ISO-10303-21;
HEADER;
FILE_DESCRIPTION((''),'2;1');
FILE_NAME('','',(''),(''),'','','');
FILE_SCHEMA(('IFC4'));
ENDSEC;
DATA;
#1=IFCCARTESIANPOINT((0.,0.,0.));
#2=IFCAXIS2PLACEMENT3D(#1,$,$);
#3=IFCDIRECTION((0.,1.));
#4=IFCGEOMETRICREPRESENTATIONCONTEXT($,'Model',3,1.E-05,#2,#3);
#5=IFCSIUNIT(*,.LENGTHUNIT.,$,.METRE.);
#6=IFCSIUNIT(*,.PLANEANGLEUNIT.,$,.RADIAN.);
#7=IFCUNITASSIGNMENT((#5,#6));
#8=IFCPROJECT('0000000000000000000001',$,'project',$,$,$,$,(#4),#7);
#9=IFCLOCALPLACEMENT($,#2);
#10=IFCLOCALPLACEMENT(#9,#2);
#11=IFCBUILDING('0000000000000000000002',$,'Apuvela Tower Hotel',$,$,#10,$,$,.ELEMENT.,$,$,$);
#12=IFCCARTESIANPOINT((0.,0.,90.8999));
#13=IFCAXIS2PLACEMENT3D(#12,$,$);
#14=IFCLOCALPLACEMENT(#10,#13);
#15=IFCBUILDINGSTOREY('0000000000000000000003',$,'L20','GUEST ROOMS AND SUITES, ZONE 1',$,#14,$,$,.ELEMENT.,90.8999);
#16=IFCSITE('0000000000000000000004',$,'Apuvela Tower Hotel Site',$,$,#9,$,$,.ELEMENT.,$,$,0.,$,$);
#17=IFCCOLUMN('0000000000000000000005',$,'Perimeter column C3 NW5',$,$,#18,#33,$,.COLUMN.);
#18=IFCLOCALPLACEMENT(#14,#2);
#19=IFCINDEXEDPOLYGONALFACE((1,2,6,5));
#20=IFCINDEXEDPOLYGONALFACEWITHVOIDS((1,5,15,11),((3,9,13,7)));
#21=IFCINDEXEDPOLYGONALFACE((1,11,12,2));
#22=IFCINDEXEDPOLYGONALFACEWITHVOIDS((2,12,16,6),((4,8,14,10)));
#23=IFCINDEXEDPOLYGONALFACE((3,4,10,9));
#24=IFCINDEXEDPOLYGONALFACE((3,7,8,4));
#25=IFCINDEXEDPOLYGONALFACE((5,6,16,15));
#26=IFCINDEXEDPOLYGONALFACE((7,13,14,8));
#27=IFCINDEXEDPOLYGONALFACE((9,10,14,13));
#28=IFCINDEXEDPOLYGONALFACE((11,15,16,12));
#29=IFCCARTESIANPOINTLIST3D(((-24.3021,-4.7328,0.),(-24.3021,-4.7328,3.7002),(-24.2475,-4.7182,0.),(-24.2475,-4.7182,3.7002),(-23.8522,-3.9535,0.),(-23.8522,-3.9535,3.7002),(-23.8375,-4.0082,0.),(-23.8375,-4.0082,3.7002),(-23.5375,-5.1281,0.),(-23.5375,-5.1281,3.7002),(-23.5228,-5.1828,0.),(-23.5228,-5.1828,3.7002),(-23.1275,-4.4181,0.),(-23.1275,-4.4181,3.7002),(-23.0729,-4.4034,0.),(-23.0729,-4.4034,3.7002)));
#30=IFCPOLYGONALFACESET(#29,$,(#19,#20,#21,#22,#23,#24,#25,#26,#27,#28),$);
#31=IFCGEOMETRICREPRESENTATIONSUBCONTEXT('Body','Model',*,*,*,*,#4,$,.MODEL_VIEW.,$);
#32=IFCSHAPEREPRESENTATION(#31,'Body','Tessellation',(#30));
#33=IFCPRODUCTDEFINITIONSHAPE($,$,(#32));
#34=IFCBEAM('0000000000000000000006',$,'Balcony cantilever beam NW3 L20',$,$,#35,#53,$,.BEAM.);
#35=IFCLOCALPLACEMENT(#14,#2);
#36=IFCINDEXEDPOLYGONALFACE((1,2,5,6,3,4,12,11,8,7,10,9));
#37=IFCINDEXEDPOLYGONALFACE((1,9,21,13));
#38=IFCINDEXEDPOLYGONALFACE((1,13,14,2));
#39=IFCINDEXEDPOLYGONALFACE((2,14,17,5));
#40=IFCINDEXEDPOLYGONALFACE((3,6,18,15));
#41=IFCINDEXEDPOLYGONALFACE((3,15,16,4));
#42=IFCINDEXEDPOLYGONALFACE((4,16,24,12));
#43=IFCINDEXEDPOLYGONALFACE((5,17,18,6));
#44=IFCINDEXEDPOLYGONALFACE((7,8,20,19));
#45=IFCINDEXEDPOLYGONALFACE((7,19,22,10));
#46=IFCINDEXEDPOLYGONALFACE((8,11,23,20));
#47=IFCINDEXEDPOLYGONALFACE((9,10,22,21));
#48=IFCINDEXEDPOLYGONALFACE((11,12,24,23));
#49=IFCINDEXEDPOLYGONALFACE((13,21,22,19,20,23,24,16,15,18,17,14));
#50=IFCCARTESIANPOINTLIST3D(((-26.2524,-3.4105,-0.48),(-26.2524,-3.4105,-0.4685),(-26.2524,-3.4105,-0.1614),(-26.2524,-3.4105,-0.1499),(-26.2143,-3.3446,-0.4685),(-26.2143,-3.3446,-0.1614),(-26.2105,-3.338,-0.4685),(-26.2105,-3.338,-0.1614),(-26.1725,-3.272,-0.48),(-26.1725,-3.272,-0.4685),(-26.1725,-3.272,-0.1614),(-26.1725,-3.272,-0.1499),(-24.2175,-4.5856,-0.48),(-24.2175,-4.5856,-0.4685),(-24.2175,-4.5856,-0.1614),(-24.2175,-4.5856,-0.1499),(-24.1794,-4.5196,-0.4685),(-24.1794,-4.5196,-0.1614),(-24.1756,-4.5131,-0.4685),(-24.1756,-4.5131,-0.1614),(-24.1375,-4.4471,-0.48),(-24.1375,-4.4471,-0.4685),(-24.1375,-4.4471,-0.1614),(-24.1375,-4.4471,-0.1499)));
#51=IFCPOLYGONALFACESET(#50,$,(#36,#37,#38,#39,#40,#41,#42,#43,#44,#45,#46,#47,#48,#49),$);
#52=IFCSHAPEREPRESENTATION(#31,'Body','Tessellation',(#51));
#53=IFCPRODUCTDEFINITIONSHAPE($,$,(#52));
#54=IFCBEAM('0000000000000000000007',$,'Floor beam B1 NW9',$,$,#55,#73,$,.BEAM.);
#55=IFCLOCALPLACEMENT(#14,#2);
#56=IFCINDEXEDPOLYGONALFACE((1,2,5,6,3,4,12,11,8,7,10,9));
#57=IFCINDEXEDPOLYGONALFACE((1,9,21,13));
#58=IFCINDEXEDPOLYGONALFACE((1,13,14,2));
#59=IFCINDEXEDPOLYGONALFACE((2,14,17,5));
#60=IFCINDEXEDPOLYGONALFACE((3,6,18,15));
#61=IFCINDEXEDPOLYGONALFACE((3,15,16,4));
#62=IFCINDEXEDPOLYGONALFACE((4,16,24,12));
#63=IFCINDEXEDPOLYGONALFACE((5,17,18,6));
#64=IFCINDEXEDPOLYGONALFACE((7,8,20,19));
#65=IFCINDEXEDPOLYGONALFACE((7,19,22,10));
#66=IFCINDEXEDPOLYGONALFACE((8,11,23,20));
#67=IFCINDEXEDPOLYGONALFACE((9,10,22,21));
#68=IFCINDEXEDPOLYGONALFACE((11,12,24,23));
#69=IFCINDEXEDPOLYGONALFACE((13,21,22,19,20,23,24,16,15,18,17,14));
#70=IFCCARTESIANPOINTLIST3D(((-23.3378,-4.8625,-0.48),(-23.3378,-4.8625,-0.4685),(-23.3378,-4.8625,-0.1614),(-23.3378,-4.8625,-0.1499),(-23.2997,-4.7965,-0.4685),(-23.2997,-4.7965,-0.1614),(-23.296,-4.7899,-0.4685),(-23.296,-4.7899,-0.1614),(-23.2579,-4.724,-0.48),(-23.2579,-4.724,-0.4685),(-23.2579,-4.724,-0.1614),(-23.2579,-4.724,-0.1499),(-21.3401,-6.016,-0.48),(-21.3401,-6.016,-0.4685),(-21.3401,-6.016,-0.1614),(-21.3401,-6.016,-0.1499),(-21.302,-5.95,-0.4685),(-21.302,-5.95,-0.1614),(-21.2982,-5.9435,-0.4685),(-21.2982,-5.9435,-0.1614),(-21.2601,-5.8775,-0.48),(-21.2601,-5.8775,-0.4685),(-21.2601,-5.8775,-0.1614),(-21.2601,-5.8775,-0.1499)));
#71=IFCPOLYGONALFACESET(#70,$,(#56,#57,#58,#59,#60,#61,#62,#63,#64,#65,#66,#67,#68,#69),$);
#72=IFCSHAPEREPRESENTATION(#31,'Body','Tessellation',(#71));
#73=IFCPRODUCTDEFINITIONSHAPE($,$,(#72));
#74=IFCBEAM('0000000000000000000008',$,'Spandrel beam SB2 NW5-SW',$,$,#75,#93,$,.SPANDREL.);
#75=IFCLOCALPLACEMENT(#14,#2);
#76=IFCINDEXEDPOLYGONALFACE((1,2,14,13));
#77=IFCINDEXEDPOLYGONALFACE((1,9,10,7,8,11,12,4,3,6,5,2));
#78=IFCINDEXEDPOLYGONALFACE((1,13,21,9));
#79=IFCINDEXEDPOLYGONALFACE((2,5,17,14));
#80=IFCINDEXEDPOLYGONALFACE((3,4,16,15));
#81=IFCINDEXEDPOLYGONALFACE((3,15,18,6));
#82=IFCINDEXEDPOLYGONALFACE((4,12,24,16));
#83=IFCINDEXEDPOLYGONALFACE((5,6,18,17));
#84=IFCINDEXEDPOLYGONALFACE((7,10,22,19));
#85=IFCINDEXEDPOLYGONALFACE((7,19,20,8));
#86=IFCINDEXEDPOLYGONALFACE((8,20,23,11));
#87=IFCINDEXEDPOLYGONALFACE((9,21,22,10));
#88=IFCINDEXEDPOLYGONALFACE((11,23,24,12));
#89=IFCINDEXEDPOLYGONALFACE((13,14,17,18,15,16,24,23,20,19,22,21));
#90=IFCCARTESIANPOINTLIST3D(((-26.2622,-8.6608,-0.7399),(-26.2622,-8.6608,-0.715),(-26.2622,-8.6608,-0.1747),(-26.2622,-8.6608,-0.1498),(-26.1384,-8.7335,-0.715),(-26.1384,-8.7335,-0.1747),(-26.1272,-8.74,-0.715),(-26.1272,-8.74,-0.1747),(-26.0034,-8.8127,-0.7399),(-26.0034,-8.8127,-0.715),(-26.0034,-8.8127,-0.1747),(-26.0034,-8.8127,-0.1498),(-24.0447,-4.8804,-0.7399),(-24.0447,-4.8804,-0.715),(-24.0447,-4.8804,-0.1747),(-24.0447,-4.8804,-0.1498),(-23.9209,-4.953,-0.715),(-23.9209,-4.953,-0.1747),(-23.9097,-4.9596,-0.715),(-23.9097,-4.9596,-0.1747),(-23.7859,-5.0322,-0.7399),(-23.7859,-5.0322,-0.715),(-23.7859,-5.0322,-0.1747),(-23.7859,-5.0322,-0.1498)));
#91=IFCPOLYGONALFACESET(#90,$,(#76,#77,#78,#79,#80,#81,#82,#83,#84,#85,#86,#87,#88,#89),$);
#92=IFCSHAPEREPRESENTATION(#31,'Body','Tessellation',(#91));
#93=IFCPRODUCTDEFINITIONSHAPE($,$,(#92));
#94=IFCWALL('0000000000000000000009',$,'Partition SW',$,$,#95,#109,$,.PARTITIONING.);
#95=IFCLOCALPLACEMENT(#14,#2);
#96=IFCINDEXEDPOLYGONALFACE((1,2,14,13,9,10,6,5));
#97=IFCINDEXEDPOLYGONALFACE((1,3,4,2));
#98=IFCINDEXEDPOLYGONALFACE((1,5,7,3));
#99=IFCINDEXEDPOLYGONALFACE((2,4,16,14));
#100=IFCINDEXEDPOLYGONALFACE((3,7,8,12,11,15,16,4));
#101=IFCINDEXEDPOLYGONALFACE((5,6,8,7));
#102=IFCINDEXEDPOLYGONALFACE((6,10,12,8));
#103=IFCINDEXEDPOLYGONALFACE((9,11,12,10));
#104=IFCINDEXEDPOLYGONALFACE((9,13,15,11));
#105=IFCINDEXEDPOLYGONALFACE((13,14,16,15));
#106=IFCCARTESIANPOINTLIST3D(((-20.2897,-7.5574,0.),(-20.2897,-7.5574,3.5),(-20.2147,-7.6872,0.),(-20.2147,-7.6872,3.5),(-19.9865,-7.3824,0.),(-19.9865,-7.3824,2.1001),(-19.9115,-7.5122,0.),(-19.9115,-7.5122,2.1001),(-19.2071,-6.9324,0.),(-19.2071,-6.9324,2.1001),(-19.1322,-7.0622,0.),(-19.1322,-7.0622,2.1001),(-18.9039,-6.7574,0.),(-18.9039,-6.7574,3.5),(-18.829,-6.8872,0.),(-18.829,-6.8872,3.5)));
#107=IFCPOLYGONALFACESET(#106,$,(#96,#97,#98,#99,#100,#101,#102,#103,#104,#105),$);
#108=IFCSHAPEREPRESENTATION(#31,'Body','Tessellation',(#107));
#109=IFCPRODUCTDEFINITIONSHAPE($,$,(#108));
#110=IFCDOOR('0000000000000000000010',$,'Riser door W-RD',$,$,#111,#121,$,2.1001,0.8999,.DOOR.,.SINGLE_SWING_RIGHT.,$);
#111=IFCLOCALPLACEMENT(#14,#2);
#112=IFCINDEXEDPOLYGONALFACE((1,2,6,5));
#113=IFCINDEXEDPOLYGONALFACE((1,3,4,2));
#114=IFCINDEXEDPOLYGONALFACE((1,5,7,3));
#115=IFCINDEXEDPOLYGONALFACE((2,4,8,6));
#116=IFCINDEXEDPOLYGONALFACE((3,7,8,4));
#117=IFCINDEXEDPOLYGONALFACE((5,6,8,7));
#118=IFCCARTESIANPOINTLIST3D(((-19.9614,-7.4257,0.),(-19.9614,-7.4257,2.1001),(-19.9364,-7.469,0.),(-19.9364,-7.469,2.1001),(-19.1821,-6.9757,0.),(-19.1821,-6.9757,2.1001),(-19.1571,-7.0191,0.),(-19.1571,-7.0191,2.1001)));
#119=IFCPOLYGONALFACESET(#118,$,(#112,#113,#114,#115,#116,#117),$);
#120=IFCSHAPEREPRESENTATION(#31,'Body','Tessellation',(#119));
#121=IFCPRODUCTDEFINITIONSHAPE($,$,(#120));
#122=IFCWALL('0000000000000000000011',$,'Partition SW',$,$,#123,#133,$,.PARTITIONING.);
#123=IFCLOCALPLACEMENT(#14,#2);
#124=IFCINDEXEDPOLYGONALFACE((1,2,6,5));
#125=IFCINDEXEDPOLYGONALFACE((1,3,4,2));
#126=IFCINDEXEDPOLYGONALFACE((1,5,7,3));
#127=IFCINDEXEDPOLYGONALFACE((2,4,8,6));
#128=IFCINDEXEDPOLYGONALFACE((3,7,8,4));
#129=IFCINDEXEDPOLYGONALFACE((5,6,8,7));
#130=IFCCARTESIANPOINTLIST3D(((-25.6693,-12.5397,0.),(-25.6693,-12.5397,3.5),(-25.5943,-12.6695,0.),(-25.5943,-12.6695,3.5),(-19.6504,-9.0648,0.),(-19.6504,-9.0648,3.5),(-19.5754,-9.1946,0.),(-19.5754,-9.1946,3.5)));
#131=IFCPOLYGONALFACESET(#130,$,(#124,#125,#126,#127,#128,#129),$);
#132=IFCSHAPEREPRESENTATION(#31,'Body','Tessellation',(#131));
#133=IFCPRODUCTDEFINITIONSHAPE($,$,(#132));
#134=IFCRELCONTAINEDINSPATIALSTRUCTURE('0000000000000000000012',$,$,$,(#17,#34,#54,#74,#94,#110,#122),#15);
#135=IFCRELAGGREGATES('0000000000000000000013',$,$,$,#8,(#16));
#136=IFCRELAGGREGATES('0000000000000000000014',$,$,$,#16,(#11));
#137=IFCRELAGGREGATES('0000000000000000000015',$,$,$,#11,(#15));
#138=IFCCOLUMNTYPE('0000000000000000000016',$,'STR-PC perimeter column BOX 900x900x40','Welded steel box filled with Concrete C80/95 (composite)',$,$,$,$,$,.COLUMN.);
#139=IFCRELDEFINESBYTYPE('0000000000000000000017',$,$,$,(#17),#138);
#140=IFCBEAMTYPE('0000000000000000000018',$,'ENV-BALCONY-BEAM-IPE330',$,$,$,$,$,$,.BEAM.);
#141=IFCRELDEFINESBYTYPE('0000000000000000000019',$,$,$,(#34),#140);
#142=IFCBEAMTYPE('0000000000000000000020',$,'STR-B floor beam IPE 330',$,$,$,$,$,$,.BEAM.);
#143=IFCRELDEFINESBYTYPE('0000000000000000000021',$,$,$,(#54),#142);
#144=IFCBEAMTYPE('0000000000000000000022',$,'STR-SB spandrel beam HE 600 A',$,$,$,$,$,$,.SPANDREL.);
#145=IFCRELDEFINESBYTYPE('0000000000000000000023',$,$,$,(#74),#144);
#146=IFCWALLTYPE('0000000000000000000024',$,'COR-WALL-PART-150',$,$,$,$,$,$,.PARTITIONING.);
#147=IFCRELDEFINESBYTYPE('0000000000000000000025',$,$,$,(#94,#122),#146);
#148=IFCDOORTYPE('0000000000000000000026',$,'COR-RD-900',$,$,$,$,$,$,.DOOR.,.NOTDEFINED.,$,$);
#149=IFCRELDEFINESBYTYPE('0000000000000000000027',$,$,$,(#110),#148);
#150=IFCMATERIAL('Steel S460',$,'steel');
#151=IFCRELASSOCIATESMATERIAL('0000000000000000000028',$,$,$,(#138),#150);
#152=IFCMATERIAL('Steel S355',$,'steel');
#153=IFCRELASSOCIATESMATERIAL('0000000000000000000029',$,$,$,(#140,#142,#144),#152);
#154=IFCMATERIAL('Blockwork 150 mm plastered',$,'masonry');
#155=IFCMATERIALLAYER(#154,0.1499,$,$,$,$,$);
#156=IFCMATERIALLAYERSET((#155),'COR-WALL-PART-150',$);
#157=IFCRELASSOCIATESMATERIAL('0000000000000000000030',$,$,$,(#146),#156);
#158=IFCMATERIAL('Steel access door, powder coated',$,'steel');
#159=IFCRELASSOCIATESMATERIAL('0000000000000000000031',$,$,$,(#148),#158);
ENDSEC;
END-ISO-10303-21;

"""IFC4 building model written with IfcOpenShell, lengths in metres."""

from ifc_helpers import new_model, si_unit, direction, frame, frame_2d, origin, origin_2d, place, context, subcontext, project, spatial, rectangle, hollow_rectangle, i_section, extrude, material, layer, layer_set, material_profile, profile_set, type_object, element, fill, save


model = new_model("IFC4")

# Units and contexts
model_context = context("Model", 3, precision=1e-05, world=origin(), true_north=direction((0.0, 1.0)))
body_context = subcontext(model_context, "Body", "Model", "MODEL_VIEW")
ifc_project = project(units=[si_unit("LENGTHUNIT", "METRE"), si_unit("PLANEANGLEUNIT", "RADIAN")], contexts=[model_context])

# Site, building, storey
site_placement = place(None, origin())
site = spatial("IfcSite", under=ifc_project, at=site_placement, Name="Apuvela Tower Hotel Site", CompositionType="ELEMENT", RefElevation=0.0)
building_placement = place(site_placement, origin())
building = spatial("IfcBuilding", under=site, at=building_placement, Name="Apuvela Tower Hotel", CompositionType="ELEMENT")
storey_placement = place(building_placement, frame((0.0, 0.0, 90.8999)))
storey = spatial("IfcBuildingStorey", under=building, at=storey_placement, Name="L20", Description="GUEST ROOMS AND SUITES, ZONE 1", CompositionType="ELEMENT", Elevation=90.8999)

# Column
ifc_material_1 = material(Name="Steel S460", Category="steel")
ifc_material_profile_1 = material_profile(ifc_material_1, hollow_rectangle(XDim=0.8999, YDim=0.8999, WallThickness=0.04, at=origin_2d()), Name="BOX 900x900x40")
ifc_material_2 = material(Name="Concrete C80/95", Category="concrete")
ifc_material_profile_2 = material_profile(ifc_material_2, rectangle(XDim=0.8201, YDim=0.8201, at=origin_2d()), Name="Concrete C80/95 infill")
ifc_profile_set_1 = profile_set([ifc_material_profile_1, ifc_material_profile_2], Name="Steel S460")
column_type = type_object("IfcColumnType", Name="STR-PC perimeter column BOX 900x900x40", Description="Welded steel box filled with Concrete C80/95 (composite)", PredefinedType="COLUMN", material=ifc_profile_set_1)
column_placement = place(storey_placement, frame((-23.6875, -4.5681, 0.0), z_axis=(0.0, 0.0, 1.0), x_axis=(0.5, 0.866025, 0.0)))
element("IfcColumn", 1, at=column_placement, inside=storey, type_object=column_type, Name="Perimeter column C3 NW5", PredefinedType="COLUMN", context=body_context, shape_type="SweptSolid", body=[
    extrude(hollow_rectangle(XDim=0.8999, YDim=0.8999, WallThickness=0.04, at=origin_2d()), origin(), (0.0, 0.0, 1.0), 3.7002),
])

# Beams
ifc_material_3 = material(Name="Steel S355", Category="steel")
ifc_material_profile_3 = material_profile(ifc_material_3, i_section(OverallWidth=0.1599, OverallDepth=0.3301, WebThickness=0.0076, FlangeThickness=0.0115, at=origin_2d()), Name="IPE 330")
ifc_profile_set_2 = profile_set([ifc_material_profile_3], Name="Steel S355")
beam_type_1 = type_object("IfcBeamType", Name="ENV-BALCONY-BEAM-IPE330", PredefinedType="BEAM", material=ifc_profile_set_2)
beam_1_placement = place(storey_placement, frame((-24.1775, -4.5164, -0.3149), z_axis=(-0.86599, 0.500061, 0.0), x_axis=(-0.500061, -0.86599, 0.0)))
element("IfcBeam", 2, at=beam_1_placement, inside=storey, type_object=beam_type_1, Name="Balcony cantilever beam NW3 L20", PredefinedType="BEAM", context=body_context, shape_type="SweptSolid", body=[
    extrude(i_section(OverallWidth=0.1599, OverallDepth=0.3301, WebThickness=0.0076, FlangeThickness=0.0115, at=origin_2d()), origin(), (0.0, 0.0, 1.0), 2.3499),
])
ifc_material_profile_4 = material_profile(ifc_material_3, i_section(OverallWidth=0.1599, OverallDepth=0.3301, WebThickness=0.0076, FlangeThickness=0.0115, at=origin_2d()), Name="IPE 330")
ifc_profile_set_3 = profile_set([ifc_material_profile_4], Name="Steel S355")
beam_type_2 = type_object("IfcBeamType", Name="STR-B floor beam IPE 330", PredefinedType="BEAM", material=ifc_profile_set_3)
beam_2_placement = place(storey_placement, frame((-23.2979, -4.7932, -0.3149), z_axis=(0.866001, -0.500043, 0.0), x_axis=(0.500043, 0.866001, 0.0)))
element("IfcBeam", 3, at=beam_2_placement, inside=storey, type_object=beam_type_2, Name="Floor beam B1 NW9", PredefinedType="BEAM", context=body_context, shape_type="SweptSolid", body=[
    extrude(i_section(OverallWidth=0.1599, OverallDepth=0.3301, WebThickness=0.0076, FlangeThickness=0.0115, at=origin_2d()), origin(), (0.0, 0.0, 1.0), 2.3069),
])
ifc_material_profile_5 = material_profile(ifc_material_3, i_section(OverallWidth=0.3, OverallDepth=0.5901, WebThickness=0.0129, FlangeThickness=0.0249, at=origin_2d()), Name="HE 600 A")
ifc_profile_set_4 = profile_set([ifc_material_profile_5], Name="Steel S355")
beam_type_3 = type_object("IfcBeamType", Name="STR-SB spandrel beam HE 600 A", PredefinedType="SPANDREL", material=ifc_profile_set_4)
beam_3_placement = place(storey_placement, frame((-23.9153, -4.9563, -0.4448), z_axis=(-0.505951, -0.862562, 0.0), x_axis=(0.862562, -0.505951, 0.0)))
element("IfcBeam", 4, at=beam_3_placement, inside=storey, type_object=beam_type_3, Name="Spandrel beam SB2 NW5-SW", PredefinedType="SPANDREL", context=body_context, shape_type="SweptSolid", body=[
    extrude(i_section(OverallWidth=0.3, OverallDepth=0.5901, WebThickness=0.0129, FlangeThickness=0.0249, at=origin_2d()), origin(), (0.0, 0.0, 1.0), 4.3828),
])

# Wall, opening, door
ifc_material_4 = material(Name="Blockwork 150 mm plastered", Category="masonry")
ifc_layer_1 = layer(ifc_material_4, 0.1499)
ifc_layer_set_1 = layer_set([ifc_layer_1], Name="COR-WALL-PART-150")
wall_type_1 = type_object("IfcWallType", Name="COR-WALL-PART-150", PredefinedType="PARTITIONING", material=ifc_layer_set_1)
wall_1_placement = place(storey_placement, frame((-18.8665, -6.8223, 0.0), z_axis=(0.0, 0.0, 1.0), x_axis=(-0.866028, -0.499995, 0.0)))
wall_1 = element("IfcWall", 5, at=wall_1_placement, inside=storey, type_object=wall_type_1, Name="Partition SW", PredefinedType="PARTITIONING", context=body_context, shape_type="SweptSolid", body=[
    extrude(rectangle(XDim=1.6001, YDim=0.1499, at=frame_2d((0.8, 0.0))), origin(), (0.0, 0.0, 1.0), 3.5),
])
opening_1_placement = place(wall_1_placement, frame((0.3501, 0.0, 0.0)))
opening_1 = element("IfcOpeningElement", 6, at=opening_1_placement, cuts=wall_1, PredefinedType="OPENING", context=body_context, shape_type="SweptSolid", body=[
    extrude(rectangle(XDim=0.8999, YDim=2.1001, at=frame_2d((0.45, 1.05))), frame((0.0, 0.085, 0.0), z_axis=(0.0, -1.0, 0.0), x_axis=(1.0, 0.0, 0.0)), (0.0, 0.0, 1.0), 0.1699),
])
ifc_material_5 = material(Name="Steel access door, powder coated", Category="steel")
door_type_1 = type_object("IfcDoorType", Name="COR-RD-900", OperationType="NOTDEFINED", PredefinedType="DOOR", material=ifc_material_5)
door_1_placement = place(opening_1_placement, frame((0.8999, 0.0, 0.0), z_axis=(0.0, 0.0, 1.0), x_axis=(-1.0, 0.0, 0.0)))
door_1 = element("IfcDoor", 7, at=door_1_placement, inside=storey, type_object=door_type_1, Name="Riser door W-RD", OperationType="SINGLE_SWING_RIGHT", OverallHeight=2.1001, OverallWidth=0.8999, PredefinedType="DOOR", context=body_context, shape_type="SweptSolid", body=[
    extrude(rectangle(XDim=0.8999, YDim=2.1001, at=frame_2d((0.45, 1.05))), frame((0.0, 0.0249, 0.0), z_axis=(0.0, -1.0, 0.0), x_axis=(1.0, 0.0, 0.0)), (0.0, 0.0, 1.0), 0.05),
])
fill(opening_1, door_1)

# Wall
wall_2_placement = place(storey_placement, frame((-19.6128, -9.1296, 0.0), z_axis=(0.0, 0.0, 1.0), x_axis=(-0.866032, -0.499989, 0.0)))
element("IfcWall", 8, at=wall_2_placement, inside=storey, type_object=wall_type_1, Name="Partition SW", PredefinedType="PARTITIONING", context=body_context, shape_type="SweptSolid", body=[
    extrude(rectangle(XDim=6.95, YDim=0.1499, at=frame_2d((3.4751, 0.0))), origin(), (0.0, 0.0, 1.0), 3.5),
])

save(model, "model.ifc")
